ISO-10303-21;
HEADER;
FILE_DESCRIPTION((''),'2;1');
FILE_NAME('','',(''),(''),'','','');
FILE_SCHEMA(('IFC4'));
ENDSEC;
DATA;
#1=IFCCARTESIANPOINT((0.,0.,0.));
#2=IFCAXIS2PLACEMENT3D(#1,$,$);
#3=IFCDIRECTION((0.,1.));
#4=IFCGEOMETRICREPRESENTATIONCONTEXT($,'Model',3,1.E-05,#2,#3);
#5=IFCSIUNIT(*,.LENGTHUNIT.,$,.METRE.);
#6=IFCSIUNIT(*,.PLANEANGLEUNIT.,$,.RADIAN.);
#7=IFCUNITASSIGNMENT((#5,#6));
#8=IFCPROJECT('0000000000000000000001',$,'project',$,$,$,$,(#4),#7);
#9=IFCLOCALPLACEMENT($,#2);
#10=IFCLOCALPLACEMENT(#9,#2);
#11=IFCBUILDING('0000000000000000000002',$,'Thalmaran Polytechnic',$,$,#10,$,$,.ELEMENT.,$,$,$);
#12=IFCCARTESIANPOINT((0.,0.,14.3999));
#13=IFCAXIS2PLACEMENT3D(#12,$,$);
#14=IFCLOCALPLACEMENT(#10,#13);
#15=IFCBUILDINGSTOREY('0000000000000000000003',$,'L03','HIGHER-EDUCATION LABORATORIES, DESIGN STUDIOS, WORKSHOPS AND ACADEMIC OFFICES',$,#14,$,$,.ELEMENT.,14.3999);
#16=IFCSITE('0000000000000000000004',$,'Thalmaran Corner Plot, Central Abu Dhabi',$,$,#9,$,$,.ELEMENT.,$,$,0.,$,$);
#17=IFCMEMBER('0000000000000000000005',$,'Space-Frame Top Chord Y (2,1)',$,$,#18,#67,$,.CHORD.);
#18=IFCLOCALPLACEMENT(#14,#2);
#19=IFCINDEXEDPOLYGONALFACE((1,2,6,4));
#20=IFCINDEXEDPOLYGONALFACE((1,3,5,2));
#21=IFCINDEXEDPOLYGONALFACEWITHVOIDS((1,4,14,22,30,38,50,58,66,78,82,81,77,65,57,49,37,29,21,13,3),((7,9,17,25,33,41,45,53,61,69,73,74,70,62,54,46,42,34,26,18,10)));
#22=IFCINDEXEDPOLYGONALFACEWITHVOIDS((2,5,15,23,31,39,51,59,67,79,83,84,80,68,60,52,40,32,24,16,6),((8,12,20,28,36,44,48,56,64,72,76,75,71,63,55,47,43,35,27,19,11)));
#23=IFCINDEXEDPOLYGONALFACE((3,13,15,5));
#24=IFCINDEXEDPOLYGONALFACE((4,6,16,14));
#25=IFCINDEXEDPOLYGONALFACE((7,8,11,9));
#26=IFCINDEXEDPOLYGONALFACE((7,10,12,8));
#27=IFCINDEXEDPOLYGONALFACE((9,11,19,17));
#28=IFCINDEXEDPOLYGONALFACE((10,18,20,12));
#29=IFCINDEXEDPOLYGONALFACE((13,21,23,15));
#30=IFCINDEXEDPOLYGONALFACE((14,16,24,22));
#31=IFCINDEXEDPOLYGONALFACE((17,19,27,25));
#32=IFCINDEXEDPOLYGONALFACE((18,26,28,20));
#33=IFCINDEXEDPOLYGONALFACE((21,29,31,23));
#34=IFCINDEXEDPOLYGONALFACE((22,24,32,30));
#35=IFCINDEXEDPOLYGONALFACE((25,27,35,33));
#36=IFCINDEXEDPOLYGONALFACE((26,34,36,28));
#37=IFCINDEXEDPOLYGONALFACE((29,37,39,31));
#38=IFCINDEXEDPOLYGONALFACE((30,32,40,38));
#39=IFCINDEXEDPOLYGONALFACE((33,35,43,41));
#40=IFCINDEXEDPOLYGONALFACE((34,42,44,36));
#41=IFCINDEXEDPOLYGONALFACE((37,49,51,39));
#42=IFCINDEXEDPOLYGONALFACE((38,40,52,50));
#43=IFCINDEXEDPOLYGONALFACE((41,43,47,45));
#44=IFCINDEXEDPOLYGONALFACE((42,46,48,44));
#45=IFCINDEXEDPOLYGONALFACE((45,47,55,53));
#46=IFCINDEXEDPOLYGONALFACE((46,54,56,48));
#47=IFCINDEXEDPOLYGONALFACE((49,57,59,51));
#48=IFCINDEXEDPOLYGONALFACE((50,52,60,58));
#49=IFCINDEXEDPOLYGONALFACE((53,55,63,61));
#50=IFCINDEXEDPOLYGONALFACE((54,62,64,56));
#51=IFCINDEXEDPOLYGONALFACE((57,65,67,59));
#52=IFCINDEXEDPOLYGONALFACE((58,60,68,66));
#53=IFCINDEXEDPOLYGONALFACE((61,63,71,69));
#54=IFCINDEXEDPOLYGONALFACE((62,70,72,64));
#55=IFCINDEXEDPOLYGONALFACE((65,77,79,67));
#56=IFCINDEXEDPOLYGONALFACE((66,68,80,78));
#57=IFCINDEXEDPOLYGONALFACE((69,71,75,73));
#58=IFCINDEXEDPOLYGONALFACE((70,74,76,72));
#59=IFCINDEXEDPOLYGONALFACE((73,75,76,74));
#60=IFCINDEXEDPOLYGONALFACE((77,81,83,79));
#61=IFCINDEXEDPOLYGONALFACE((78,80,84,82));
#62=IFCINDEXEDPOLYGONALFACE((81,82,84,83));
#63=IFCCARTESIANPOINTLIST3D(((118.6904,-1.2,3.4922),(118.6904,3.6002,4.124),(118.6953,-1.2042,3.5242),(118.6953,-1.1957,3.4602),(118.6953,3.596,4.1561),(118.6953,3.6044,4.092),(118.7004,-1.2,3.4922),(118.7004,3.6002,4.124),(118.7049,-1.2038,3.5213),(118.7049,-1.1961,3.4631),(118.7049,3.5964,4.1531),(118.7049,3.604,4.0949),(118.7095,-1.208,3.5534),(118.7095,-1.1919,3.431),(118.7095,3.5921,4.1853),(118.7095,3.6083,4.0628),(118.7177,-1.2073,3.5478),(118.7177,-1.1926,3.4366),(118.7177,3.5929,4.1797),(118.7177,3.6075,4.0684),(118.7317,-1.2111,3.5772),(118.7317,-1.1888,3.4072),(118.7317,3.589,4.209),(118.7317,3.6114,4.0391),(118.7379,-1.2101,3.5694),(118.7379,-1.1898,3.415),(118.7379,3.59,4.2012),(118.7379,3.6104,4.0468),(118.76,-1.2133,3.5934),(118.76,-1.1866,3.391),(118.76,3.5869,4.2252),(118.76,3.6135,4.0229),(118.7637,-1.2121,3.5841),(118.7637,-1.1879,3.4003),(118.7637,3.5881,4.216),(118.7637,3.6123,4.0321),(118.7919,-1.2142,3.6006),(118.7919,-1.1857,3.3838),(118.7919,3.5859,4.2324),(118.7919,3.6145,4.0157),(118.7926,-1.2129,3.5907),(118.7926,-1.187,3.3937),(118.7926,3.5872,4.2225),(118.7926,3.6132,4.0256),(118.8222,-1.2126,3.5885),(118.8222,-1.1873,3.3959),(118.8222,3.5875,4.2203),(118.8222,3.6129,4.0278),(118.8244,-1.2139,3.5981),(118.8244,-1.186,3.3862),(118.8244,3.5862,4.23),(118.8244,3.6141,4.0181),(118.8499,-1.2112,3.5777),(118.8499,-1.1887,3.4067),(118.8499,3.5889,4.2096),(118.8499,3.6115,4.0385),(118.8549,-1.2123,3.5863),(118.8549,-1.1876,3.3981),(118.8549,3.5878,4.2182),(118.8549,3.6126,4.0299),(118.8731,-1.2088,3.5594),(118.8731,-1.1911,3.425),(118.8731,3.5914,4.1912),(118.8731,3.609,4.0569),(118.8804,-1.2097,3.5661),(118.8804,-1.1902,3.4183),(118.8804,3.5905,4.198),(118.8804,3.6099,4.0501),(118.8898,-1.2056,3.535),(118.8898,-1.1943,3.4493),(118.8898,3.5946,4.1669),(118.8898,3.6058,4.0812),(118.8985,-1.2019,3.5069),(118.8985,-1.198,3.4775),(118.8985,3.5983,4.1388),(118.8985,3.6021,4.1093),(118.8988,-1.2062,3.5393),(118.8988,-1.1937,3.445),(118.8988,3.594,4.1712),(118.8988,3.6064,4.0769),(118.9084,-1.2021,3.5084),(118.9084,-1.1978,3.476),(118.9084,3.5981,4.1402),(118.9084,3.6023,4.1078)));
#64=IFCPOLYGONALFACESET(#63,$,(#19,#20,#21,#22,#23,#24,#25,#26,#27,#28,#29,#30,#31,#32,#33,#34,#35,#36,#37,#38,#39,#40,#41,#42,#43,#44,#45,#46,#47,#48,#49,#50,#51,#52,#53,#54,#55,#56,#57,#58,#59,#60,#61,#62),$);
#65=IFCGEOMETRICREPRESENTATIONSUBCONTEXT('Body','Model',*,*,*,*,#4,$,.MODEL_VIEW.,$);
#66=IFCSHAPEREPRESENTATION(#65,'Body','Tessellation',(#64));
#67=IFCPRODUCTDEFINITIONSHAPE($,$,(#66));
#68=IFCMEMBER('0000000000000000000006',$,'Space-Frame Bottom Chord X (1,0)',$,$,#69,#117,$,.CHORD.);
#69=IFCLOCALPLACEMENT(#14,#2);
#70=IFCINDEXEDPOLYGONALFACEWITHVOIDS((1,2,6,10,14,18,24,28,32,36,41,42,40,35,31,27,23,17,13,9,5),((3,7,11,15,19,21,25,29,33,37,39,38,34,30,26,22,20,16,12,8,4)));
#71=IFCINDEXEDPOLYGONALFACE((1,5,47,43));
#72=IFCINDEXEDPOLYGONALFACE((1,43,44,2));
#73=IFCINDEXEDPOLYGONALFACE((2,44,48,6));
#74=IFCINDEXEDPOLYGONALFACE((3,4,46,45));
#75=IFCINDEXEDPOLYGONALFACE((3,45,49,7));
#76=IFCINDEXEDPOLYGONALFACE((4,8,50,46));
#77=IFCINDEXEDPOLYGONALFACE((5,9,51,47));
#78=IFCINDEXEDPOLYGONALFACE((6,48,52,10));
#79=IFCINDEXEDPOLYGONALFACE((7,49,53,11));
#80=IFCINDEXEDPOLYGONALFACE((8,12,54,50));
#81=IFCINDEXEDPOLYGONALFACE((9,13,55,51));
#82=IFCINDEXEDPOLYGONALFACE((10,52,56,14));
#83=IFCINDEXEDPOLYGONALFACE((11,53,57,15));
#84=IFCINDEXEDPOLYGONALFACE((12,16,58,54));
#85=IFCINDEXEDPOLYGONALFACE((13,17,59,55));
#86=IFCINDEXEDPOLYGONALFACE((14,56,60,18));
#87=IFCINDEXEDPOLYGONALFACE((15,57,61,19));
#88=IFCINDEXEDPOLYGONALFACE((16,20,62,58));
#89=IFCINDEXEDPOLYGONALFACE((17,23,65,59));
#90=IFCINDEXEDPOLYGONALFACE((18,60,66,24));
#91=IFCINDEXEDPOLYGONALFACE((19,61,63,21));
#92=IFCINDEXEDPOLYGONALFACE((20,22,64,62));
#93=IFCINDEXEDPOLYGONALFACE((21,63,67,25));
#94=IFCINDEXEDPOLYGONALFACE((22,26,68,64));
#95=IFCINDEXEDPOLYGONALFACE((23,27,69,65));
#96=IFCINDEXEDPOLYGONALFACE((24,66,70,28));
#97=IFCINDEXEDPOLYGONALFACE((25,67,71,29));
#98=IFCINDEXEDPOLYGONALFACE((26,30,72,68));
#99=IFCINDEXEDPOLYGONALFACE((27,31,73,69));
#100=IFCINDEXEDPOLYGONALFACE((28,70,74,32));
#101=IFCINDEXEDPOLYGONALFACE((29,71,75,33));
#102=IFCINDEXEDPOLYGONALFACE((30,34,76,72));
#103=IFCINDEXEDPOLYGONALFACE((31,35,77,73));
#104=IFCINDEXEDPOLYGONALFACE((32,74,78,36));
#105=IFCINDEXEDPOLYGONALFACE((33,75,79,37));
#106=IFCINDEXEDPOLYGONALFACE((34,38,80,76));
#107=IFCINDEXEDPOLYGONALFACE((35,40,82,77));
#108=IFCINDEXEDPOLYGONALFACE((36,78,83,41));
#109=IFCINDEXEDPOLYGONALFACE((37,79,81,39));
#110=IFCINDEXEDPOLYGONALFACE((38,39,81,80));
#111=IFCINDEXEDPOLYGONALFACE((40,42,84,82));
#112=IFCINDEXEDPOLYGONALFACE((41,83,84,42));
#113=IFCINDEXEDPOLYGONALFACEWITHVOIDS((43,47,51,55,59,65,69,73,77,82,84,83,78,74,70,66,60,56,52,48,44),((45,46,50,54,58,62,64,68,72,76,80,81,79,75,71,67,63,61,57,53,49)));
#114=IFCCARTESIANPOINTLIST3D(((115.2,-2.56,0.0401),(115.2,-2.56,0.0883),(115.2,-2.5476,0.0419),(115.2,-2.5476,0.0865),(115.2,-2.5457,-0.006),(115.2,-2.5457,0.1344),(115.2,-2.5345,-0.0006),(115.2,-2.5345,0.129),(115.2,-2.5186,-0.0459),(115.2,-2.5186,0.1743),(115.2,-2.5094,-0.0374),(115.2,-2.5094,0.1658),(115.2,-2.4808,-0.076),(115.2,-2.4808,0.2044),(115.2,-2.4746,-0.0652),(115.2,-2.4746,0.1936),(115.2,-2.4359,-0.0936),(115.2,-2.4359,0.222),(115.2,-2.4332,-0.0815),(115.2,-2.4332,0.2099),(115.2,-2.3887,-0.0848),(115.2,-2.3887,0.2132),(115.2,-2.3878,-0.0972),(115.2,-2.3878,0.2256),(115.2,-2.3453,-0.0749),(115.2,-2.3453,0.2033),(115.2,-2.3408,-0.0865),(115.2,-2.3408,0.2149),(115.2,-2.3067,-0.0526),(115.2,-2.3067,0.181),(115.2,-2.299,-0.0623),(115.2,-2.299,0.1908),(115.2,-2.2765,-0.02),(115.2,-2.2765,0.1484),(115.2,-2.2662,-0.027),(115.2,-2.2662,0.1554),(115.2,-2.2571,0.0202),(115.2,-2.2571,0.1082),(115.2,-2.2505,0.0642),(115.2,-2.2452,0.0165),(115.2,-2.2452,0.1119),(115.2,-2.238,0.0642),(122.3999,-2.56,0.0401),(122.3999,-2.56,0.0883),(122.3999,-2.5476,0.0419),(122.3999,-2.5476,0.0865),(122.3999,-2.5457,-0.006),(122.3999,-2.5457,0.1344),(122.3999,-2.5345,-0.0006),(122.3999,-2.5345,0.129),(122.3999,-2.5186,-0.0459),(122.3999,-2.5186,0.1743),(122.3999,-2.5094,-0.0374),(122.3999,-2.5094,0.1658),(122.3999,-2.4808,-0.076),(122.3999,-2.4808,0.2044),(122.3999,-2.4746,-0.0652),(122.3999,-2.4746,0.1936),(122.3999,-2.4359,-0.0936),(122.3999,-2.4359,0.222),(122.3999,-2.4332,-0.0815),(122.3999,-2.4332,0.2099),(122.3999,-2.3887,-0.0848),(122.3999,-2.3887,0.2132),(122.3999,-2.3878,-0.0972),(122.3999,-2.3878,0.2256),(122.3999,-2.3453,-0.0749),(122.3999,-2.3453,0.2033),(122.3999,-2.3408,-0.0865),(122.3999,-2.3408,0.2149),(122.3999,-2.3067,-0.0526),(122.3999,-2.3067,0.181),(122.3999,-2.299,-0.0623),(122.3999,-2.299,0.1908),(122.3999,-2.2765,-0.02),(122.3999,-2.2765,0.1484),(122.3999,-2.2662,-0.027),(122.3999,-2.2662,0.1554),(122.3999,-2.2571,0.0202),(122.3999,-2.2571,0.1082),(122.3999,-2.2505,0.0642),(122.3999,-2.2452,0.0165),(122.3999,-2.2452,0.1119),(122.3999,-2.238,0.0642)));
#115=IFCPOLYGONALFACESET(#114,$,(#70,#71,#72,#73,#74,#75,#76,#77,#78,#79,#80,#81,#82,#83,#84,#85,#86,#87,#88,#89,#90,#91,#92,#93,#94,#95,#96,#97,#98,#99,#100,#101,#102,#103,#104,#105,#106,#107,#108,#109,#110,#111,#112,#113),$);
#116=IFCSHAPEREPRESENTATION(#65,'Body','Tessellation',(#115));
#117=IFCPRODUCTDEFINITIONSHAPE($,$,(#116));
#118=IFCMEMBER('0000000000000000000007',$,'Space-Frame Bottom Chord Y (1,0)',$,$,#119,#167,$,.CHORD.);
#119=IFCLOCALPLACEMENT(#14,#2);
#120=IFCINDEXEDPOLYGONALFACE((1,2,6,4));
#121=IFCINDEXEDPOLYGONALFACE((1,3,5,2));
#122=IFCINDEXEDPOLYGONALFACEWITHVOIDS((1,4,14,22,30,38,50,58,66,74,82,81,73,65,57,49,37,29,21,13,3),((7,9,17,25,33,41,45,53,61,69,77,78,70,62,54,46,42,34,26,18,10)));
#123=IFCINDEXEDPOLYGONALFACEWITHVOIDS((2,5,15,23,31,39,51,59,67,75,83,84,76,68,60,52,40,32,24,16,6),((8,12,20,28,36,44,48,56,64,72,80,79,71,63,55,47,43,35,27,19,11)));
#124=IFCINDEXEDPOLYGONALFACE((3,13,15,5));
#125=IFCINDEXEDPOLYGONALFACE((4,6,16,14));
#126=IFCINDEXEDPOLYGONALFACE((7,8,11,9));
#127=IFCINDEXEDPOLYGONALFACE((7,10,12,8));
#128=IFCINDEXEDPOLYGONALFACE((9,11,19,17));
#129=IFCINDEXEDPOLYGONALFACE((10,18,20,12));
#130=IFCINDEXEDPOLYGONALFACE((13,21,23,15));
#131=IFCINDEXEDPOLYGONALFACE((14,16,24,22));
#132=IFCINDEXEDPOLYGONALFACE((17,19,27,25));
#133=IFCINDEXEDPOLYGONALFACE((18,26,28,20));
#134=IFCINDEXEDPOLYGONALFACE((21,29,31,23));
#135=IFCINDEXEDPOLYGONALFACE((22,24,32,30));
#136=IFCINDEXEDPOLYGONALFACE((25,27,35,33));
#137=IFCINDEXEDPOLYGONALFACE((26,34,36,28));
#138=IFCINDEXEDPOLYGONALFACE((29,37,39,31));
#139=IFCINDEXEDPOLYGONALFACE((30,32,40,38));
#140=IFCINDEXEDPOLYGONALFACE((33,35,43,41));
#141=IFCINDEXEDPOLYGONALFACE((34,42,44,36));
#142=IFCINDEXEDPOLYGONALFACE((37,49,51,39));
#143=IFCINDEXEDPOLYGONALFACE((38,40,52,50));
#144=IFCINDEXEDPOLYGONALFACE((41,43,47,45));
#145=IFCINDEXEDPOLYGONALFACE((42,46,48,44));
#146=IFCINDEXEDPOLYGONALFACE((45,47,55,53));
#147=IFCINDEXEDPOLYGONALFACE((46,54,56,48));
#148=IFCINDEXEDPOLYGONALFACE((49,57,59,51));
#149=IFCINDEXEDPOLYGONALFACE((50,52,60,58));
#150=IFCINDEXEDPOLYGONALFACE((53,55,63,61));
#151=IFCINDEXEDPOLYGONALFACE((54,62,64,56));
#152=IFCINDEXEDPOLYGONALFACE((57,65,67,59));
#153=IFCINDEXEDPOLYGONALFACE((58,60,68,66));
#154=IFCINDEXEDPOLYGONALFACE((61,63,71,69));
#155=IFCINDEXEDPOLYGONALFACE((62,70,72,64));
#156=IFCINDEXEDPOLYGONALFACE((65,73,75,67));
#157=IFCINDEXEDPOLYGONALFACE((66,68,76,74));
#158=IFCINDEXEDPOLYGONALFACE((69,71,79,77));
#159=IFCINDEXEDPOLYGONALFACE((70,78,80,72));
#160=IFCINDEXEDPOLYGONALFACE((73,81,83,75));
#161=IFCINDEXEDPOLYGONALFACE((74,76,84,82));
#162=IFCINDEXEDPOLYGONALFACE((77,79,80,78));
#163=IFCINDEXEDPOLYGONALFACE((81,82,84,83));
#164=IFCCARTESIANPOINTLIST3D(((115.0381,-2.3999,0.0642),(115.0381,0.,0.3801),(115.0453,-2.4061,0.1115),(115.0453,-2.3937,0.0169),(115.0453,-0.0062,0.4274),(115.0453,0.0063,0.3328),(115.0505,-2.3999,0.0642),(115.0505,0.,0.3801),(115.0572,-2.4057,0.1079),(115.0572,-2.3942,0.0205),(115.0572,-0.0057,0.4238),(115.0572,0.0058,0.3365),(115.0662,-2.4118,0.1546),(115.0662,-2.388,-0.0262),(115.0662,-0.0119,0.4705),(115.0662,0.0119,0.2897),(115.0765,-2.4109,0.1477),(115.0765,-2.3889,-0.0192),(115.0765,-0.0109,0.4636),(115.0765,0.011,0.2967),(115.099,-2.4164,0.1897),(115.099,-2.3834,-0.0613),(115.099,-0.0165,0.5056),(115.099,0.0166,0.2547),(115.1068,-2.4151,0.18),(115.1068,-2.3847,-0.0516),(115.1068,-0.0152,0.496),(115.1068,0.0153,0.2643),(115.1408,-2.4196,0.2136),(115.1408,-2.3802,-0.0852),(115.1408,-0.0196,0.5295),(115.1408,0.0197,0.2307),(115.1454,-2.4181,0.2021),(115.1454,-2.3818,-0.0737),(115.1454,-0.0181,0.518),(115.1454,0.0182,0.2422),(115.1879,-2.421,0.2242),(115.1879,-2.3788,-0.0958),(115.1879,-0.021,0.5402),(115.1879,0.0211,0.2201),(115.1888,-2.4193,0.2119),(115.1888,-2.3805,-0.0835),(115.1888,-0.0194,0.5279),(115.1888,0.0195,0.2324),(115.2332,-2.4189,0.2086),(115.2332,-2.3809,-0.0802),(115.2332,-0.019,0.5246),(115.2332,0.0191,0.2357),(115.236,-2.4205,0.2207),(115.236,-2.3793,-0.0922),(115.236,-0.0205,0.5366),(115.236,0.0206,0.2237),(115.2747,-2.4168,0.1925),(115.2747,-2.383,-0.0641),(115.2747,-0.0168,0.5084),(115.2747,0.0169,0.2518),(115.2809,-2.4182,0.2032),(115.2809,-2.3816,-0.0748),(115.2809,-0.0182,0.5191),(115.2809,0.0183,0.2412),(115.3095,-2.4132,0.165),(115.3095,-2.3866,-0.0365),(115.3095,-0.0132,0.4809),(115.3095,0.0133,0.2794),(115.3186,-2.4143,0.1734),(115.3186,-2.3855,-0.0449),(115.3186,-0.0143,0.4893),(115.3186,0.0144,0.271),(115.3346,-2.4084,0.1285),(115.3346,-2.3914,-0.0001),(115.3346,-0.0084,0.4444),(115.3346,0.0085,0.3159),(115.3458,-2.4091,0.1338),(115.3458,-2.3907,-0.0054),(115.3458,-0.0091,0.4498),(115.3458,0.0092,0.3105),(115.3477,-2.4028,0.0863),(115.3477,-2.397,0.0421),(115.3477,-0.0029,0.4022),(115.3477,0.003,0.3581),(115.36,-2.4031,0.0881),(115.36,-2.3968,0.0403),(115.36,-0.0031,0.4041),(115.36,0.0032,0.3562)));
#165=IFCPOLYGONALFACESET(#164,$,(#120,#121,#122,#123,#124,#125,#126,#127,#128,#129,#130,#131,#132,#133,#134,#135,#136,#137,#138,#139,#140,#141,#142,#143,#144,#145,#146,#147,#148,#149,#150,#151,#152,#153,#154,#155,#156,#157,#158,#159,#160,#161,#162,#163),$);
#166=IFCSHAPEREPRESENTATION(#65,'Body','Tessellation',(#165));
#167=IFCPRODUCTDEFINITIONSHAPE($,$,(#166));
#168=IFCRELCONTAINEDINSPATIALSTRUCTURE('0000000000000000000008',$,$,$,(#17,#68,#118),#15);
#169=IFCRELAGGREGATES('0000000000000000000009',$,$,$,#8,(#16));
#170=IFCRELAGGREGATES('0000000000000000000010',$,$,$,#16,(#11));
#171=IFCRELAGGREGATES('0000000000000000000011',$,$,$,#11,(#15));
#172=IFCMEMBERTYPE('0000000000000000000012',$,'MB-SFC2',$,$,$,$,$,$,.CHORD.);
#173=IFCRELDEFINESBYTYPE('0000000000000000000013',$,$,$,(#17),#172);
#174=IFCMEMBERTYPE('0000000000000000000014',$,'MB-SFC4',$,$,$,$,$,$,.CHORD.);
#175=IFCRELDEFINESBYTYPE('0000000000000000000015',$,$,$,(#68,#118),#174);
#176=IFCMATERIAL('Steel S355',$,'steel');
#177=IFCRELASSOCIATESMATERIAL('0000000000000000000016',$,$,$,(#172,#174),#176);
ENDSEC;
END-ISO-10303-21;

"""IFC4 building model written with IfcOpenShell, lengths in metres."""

from ifc_helpers import new_model, si_unit, direction, frame, origin, origin_2d, place, context, subcontext, project, spatial, hollow_circle, extrude, material, material_profile, profile_set, type_object, element, save


model = new_model("IFC4")

# Units and contexts
model_context = context("Model", 3, precision=1e-05, world=origin(), true_north=direction((0.0, 1.0)))
body_context = subcontext(model_context, "Body", "Model", "MODEL_VIEW")
ifc_project = project(units=[si_unit("LENGTHUNIT", "METRE"), si_unit("PLANEANGLEUNIT", "RADIAN")], contexts=[model_context])

# Site, building, storey
site_placement = place(None, origin())
site = spatial("IfcSite", under=ifc_project, at=site_placement, Name="Thalmaran Corner Plot, Central Abu Dhabi", CompositionType="ELEMENT", RefElevation=0.0)
building_placement = place(site_placement, origin())
building = spatial("IfcBuilding", under=site, at=building_placement, Name="Thalmaran Polytechnic", CompositionType="ELEMENT")
storey_placement = place(building_placement, frame((0.0, 0.0, 14.3999)))
storey = spatial("IfcBuildingStorey", under=building, at=storey_placement, Name="L03", Description="HIGHER-EDUCATION LABORATORIES, DESIGN STUDIOS, WORKSHOPS AND ACADEMIC OFFICES", CompositionType="ELEMENT", Elevation=14.3999)

# Shared definitions
ifc_material_1 = material(Name="Steel S355", Category="steel")

# Members
ifc_material_profile_1 = material_profile(ifc_material_1, hollow_circle(Radius=0.1096, WallThickness=0.01, at=origin_2d()), Name="CHS 219.1x10.0")
ifc_profile_set_1 = profile_set([ifc_material_profile_1], Name="Steel S355")
member_type_1 = type_object("IfcMemberType", Name="MB-SFC2", PredefinedType="CHORD", material=ifc_profile_set_1)
member_1_placement = place(storey_placement, frame((118.8, -1.2, 3.4922), z_axis=(0.0, 0.991448, 0.130505), x_axis=(-1.0, 0.0, 0.0)))
element("IfcMember", 1, at=member_1_placement, inside=storey, type_object=member_type_1, Name="Space-Frame Top Chord Y (2,1)", PredefinedType="CHORD", context=body_context, shape_type="SweptSolid", body=[
    extrude(hollow_circle(Radius=0.1096, WallThickness=0.01, at=origin_2d()), origin(), (0.0, 0.0, 1.0), 4.8416),
])
ifc_material_profile_2 = material_profile(ifc_material_1, hollow_circle(Radius=0.1619, WallThickness=0.0125, at=origin_2d()), Name="CHS 323.9x12.5")
ifc_profile_set_2 = profile_set([ifc_material_profile_2], Name="Steel S355")
member_type_2 = type_object("IfcMemberType", Name="MB-SFC4", PredefinedType="CHORD", material=ifc_profile_set_2)
member_2_placement = place(storey_placement, frame((115.2, -2.3999, 0.0642), z_axis=(1.0, 0.0, 0.0), x_axis=(0.0, 1.0, 0.0)))
element("IfcMember", 2, at=member_2_placement, inside=storey, type_object=member_type_2, Name="Space-Frame Bottom Chord X (1,0)", PredefinedType="CHORD", context=body_context, shape_type="SweptSolid", body=[
    extrude(hollow_circle(Radius=0.1619, WallThickness=0.0125, at=origin_2d()), origin(), (0.0, 0.0, 1.0), 7.2),
])
member_3_placement = place(storey_placement, frame((115.2, -2.3999, 0.0642), z_axis=(0.0, 0.991447, 0.130512), x_axis=(-1.0, 0.0, 0.0)))
element("IfcMember", 3, at=member_3_placement, inside=storey, type_object=member_type_2, Name="Space-Frame Bottom Chord Y (1,0)", PredefinedType="CHORD", context=body_context, shape_type="SweptSolid", body=[
    extrude(hollow_circle(Radius=0.1619, WallThickness=0.0125, at=origin_2d()), origin(), (0.0, 0.0, 1.0), 2.4207),
])

save(model, "model.ifc")
